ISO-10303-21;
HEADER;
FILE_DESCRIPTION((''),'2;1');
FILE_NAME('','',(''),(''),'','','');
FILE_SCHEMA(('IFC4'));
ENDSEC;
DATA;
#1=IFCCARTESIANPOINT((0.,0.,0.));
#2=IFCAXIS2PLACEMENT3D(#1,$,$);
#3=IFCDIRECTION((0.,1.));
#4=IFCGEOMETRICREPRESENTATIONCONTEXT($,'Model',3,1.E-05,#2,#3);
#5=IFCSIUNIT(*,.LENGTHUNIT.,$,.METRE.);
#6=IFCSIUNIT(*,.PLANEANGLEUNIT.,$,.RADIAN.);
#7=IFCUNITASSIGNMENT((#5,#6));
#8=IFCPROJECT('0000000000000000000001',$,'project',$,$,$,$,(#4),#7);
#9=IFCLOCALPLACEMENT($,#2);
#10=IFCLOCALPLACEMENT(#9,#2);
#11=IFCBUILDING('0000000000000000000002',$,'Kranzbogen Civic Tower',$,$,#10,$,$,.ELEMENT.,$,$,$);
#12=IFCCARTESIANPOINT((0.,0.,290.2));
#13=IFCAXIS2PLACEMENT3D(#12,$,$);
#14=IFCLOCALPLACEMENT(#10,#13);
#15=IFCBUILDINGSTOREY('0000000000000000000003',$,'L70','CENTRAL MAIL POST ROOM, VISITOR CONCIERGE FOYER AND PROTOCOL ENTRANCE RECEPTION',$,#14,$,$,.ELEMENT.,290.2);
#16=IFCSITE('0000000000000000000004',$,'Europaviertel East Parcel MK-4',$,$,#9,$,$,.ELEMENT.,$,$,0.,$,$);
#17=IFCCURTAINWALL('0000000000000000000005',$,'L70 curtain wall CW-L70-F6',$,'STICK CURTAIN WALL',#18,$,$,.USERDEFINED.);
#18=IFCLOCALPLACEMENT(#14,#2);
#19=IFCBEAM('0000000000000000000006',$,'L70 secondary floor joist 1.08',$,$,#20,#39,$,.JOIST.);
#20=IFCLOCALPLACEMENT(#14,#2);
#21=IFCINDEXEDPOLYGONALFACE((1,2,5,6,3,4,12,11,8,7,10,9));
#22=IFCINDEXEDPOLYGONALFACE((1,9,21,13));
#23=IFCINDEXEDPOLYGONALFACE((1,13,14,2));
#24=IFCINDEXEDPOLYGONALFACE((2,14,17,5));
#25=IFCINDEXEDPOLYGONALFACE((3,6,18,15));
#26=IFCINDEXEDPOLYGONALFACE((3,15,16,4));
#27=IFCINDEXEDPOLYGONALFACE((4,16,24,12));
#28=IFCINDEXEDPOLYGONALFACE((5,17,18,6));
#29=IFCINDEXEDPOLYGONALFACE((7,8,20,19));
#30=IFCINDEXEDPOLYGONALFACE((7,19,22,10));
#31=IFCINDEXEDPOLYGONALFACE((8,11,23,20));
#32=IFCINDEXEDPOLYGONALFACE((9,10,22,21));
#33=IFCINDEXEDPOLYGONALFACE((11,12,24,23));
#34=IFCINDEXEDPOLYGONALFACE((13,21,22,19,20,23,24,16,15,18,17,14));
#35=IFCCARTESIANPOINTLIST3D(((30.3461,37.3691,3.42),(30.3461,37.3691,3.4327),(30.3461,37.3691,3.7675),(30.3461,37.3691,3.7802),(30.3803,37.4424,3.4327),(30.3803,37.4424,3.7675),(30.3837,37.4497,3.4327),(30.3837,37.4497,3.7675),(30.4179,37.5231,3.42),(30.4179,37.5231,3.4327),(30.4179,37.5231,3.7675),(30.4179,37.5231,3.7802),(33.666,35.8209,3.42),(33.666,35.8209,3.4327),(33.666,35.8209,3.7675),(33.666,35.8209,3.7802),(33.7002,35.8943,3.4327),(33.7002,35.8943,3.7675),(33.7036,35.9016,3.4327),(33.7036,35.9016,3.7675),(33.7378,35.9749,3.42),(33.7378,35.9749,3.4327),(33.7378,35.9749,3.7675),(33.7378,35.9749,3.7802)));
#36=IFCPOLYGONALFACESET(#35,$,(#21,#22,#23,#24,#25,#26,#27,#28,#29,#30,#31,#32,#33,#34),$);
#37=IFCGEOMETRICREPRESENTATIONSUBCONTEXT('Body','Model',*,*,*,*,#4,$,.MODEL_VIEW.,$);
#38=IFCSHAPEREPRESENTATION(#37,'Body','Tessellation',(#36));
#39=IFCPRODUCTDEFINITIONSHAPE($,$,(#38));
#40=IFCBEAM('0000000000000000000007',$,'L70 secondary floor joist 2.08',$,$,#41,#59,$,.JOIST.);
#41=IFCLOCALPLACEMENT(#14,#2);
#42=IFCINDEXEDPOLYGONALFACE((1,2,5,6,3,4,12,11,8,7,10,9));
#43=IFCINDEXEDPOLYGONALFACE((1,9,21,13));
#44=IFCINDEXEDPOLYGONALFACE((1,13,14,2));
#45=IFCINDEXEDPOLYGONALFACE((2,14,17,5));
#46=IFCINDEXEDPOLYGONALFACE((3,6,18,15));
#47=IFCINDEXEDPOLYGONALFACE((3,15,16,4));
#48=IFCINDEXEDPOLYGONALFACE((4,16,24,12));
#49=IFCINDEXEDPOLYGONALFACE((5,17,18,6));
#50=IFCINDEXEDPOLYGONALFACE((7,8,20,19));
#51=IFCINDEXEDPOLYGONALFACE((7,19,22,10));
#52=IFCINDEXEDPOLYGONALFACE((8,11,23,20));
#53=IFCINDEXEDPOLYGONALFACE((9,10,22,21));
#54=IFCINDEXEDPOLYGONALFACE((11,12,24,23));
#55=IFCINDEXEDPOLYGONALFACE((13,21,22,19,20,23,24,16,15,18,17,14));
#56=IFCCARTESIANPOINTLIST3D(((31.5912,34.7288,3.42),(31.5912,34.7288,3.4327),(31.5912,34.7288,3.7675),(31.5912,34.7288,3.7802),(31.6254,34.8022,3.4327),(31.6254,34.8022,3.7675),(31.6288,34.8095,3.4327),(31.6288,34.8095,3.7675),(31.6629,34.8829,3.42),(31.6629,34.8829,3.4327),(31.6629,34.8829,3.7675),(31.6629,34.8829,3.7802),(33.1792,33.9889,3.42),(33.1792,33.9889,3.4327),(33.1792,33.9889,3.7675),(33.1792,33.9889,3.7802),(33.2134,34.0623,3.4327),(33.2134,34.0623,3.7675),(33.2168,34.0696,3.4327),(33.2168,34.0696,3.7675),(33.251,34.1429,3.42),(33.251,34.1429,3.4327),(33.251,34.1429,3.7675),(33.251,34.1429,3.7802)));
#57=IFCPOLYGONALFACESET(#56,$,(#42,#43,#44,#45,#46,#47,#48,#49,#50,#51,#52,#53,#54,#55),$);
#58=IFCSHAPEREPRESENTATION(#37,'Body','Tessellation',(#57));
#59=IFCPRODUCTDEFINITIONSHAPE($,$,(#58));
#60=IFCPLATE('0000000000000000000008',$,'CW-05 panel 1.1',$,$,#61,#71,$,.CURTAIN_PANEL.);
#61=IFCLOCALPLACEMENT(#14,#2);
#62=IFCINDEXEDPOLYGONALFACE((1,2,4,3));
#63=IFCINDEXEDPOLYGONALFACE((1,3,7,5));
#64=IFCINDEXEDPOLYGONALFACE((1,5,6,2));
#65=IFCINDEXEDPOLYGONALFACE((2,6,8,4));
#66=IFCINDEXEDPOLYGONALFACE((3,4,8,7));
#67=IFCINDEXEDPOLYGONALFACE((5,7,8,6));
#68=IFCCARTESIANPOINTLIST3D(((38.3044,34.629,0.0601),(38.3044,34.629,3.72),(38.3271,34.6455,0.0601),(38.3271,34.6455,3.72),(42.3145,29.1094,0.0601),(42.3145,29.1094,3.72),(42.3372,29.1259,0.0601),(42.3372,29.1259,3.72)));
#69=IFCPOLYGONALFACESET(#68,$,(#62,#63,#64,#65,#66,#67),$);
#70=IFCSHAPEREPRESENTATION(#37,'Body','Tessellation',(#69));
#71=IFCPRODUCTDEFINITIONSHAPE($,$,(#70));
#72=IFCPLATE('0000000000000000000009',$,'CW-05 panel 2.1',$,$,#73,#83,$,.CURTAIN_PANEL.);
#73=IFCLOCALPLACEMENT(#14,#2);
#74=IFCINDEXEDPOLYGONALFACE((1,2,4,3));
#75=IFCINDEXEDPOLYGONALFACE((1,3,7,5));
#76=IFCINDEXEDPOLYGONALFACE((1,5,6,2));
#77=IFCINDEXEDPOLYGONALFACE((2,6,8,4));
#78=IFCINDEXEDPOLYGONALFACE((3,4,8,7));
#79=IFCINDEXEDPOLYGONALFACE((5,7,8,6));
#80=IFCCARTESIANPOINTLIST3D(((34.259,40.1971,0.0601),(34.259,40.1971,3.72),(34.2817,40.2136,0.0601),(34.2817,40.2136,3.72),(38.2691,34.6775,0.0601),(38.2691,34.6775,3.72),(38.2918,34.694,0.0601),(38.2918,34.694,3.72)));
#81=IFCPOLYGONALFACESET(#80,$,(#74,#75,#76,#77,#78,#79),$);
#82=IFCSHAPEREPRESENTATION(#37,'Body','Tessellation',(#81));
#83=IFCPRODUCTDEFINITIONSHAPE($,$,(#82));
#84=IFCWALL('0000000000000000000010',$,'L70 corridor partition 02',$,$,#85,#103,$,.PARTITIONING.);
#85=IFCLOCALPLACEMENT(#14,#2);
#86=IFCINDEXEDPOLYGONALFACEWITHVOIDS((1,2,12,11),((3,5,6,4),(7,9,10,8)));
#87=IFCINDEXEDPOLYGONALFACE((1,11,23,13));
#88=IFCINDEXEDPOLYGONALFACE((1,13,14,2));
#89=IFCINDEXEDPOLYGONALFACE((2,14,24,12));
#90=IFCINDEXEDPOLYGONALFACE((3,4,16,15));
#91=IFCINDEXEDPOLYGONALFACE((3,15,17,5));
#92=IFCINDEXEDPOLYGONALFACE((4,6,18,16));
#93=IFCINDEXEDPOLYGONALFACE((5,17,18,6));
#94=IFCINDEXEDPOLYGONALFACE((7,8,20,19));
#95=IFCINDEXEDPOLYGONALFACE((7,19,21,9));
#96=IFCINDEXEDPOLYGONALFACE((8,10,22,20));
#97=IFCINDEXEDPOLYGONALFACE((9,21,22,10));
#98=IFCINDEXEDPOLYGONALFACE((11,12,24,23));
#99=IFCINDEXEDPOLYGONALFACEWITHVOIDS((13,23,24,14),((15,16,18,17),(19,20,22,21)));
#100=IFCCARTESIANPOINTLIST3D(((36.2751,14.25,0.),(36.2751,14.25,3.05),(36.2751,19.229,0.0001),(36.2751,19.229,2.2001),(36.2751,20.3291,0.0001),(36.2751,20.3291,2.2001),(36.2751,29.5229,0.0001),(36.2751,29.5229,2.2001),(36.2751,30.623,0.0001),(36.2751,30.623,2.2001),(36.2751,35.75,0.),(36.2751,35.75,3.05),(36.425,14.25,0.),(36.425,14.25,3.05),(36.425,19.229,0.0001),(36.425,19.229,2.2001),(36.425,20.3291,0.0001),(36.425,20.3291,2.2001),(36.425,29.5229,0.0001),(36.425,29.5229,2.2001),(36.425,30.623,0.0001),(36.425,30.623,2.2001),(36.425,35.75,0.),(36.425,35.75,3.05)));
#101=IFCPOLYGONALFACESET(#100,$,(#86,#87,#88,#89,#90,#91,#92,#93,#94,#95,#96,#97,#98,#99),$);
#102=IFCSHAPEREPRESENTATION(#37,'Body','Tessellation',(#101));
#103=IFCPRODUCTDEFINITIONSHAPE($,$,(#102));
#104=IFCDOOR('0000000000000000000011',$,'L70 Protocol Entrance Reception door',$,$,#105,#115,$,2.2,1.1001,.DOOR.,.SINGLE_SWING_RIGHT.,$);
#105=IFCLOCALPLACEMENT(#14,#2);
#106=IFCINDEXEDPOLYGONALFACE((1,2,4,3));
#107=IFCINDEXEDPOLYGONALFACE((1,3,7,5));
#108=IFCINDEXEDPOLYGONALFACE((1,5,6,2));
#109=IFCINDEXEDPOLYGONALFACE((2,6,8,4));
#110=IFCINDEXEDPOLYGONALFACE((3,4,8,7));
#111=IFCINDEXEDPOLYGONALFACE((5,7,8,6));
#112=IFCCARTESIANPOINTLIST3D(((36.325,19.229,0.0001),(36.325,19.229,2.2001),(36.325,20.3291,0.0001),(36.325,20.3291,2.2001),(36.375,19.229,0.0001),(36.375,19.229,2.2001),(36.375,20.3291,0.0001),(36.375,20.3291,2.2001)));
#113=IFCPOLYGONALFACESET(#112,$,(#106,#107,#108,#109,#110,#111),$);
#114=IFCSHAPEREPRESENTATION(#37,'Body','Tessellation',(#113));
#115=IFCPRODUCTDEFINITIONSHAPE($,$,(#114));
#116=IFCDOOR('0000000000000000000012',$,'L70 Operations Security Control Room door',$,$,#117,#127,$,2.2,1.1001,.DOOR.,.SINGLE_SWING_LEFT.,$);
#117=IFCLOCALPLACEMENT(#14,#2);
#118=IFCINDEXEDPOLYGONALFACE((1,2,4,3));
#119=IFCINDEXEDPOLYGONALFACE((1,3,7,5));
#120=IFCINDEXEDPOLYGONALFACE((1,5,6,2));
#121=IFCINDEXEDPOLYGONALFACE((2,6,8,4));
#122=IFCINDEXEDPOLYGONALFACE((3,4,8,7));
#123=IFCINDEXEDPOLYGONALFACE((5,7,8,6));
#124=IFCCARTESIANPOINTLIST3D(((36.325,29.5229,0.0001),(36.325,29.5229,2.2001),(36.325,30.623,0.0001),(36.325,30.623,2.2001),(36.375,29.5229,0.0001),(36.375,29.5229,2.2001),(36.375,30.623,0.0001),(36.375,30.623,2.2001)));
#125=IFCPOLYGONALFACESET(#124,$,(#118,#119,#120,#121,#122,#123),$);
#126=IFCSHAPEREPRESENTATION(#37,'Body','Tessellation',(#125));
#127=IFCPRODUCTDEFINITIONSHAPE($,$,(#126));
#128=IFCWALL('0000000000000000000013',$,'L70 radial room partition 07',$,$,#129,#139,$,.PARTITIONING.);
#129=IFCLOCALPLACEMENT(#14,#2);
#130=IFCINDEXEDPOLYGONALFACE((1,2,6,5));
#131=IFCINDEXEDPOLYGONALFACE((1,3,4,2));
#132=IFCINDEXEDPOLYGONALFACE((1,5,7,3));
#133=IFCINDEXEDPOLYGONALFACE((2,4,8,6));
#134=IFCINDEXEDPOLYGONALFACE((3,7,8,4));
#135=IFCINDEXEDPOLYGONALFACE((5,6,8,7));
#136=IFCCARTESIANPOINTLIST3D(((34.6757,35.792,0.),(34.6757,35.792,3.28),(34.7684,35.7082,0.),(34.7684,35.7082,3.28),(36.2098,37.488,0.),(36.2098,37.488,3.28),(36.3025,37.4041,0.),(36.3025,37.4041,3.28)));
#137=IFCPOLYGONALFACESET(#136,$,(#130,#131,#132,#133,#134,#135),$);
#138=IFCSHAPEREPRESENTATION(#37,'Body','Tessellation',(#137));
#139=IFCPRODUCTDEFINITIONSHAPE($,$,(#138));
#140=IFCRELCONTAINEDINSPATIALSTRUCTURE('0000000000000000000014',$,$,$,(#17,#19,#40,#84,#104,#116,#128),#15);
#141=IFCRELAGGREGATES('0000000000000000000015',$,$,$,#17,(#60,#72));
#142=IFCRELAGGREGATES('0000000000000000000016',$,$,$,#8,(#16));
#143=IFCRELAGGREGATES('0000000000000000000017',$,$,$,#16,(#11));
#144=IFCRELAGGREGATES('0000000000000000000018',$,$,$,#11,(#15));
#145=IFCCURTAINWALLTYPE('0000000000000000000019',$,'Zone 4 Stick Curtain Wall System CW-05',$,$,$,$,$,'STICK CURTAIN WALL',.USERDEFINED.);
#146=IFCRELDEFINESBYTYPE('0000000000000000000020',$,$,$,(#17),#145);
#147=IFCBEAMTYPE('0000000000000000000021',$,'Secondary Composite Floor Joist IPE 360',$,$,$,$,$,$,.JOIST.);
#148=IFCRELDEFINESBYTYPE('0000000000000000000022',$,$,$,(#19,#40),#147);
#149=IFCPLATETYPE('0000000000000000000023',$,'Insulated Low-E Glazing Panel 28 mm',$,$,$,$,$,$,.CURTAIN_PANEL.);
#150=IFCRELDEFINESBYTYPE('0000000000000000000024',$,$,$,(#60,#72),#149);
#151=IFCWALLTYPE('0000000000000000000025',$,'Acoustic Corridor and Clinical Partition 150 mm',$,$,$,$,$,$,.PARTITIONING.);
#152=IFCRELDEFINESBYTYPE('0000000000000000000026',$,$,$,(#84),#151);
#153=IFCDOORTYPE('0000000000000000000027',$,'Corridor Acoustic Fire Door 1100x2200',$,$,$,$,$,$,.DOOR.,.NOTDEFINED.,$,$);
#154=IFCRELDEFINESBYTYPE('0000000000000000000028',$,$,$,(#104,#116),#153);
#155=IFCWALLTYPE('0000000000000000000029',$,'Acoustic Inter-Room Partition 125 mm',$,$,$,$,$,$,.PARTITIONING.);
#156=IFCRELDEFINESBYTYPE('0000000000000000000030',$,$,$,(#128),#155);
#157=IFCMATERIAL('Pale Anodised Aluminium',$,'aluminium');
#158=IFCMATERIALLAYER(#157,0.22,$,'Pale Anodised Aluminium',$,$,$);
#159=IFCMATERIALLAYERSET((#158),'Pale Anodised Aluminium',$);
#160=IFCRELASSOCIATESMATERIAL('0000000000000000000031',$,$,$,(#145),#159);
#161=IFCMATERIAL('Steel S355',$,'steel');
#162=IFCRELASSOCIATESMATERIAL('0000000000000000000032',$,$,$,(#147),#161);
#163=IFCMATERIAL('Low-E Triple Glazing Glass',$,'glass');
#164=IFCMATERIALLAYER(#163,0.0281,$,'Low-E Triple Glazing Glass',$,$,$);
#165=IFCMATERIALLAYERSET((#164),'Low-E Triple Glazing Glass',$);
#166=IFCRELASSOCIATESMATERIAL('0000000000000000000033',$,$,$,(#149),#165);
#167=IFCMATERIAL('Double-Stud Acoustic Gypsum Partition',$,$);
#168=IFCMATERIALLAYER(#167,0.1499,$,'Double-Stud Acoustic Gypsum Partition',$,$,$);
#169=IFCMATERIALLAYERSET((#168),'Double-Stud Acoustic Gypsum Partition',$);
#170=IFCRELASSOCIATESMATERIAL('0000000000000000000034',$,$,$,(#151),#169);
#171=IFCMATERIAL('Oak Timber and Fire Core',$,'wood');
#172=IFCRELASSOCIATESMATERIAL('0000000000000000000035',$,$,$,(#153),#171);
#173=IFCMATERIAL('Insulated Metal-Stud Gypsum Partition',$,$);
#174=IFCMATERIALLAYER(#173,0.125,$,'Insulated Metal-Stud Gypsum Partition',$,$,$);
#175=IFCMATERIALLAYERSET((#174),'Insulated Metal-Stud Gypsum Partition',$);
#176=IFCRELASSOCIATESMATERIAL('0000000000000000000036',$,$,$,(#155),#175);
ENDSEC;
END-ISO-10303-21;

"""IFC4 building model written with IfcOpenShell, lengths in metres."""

from ifc_helpers import new_model, si_unit, direction, frame, frame_2d, origin, origin_2d, place, context, subcontext, project, spatial, rectangle, i_section, extrude, material, layer, layer_set, material_profile, profile_set, type_object, element, fill, aggregate, save


model = new_model("IFC4")

# Units and contexts
model_context = context("Model", 3, precision=1e-05, world=origin(), true_north=direction((0.0, 1.0)))
body_context = subcontext(model_context, "Body", "Model", "MODEL_VIEW")
ifc_project = project(units=[si_unit("LENGTHUNIT", "METRE"), si_unit("PLANEANGLEUNIT", "RADIAN")], contexts=[model_context])

# Site, building, storey
site_placement = place(None, origin())
site = spatial("IfcSite", under=ifc_project, at=site_placement, Name="Europaviertel East Parcel MK-4", CompositionType="ELEMENT", RefElevation=0.0)
building_placement = place(site_placement, origin())
building = spatial("IfcBuilding", under=site, at=building_placement, Name="Kranzbogen Civic Tower", CompositionType="ELEMENT")
storey_placement = place(building_placement, frame((0.0, 0.0, 290.2)))
storey = spatial("IfcBuildingStorey", under=building, at=storey_placement, Name="L70", Description="CENTRAL MAIL POST ROOM, VISITOR CONCIERGE FOYER AND PROTOCOL ENTRANCE RECEPTION", CompositionType="ELEMENT", Elevation=290.2)

# Shared definitions
ifc_material_1 = material(Name="Steel S355", Category="steel")

# Shared definitions
ifc_material_2 = material(Name="Pale Anodised Aluminium", Category="aluminium")
ifc_layer_1 = layer(ifc_material_2, 0.22, Name="Pale Anodised Aluminium")
ifc_layer_set_1 = layer_set([ifc_layer_1], Name="Pale Anodised Aluminium")
curtain_wall_type = type_object("IfcCurtainWallType", Name="Zone 4 Stick Curtain Wall System CW-05", ElementType="STICK CURTAIN WALL", PredefinedType="USERDEFINED", material=ifc_layer_set_1)

# Curtain wall
curtain_wall_1_placement = place(storey_placement, origin())
curtain_wall_1 = element("IfcCurtainWall", 1, at=curtain_wall_1_placement, inside=storey, type_object=curtain_wall_type, Name="L70 curtain wall CW-L70-F6", ObjectType="STICK CURTAIN WALL", PredefinedType="USERDEFINED")

# Beams
ifc_material_profile_1 = material_profile(ifc_material_1, i_section(OverallWidth=0.1699, OverallDepth=0.3601, WebThickness=0.0081, FlangeThickness=0.0127, at=origin_2d()), Name="IPE 360")
ifc_profile_set_1 = profile_set([ifc_material_profile_1], Name="Steel S355")
beam_type_1 = type_object("IfcBeamType", Name="Secondary Composite Floor Joist IPE 360", PredefinedType="JOIST", material=ifc_profile_set_1)
beam_1_placement = place(storey_placement, frame((33.7019, 35.8979, 3.6001), z_axis=(-0.906304, 0.422626, 0.0), x_axis=(-0.422626, -0.906304, 0.0)))
element("IfcBeam", 2, at=beam_1_placement, inside=storey, type_object=beam_type_1, Name="L70 secondary floor joist 1.08", PredefinedType="JOIST", context=body_context, shape_type="SweptSolid", body=[
    extrude(i_section(OverallWidth=0.1699, OverallDepth=0.3601, WebThickness=0.0081, FlangeThickness=0.0127, at=origin_2d()), origin(), (0.0, 0.0, 1.0), 3.6631),
])
beam_2_placement = place(storey_placement, frame((33.2151, 34.0659, 3.6001), z_axis=(-0.906432, 0.422351, 0.0), x_axis=(-0.422351, -0.906432, 0.0)))
element("IfcBeam", 3, at=beam_2_placement, inside=storey, type_object=beam_type_1, Name="L70 secondary floor joist 2.08", PredefinedType="JOIST", context=body_context, shape_type="SweptSolid", body=[
    extrude(i_section(OverallWidth=0.1699, OverallDepth=0.3601, WebThickness=0.0081, FlangeThickness=0.0127, at=origin_2d()), origin(), (0.0, 0.0, 1.0), 1.752),
])

# Plates
ifc_material_3 = material(Name="Low-E Triple Glazing Glass", Category="glass")
ifc_layer_2 = layer(ifc_material_3, 0.0281, Name="Low-E Triple Glazing Glass")
ifc_layer_set_2 = layer_set([ifc_layer_2], Name="Low-E Triple Glazing Glass")
plate_type = type_object("IfcPlateType", Name="Insulated Low-E Glazing Panel 28 mm", PredefinedType="CURTAIN_PANEL", material=ifc_layer_set_2)
plate_1_placement = place(storey_placement, frame((40.3208, 31.8774, 0.0601), z_axis=(0.0, 0.0, 1.0), x_axis=(-0.587767, 0.80903, 0.0)))
plate_1 = element("IfcPlate", 4, at=plate_1_placement, type_object=plate_type, Name="CW-05 panel 1.1", PredefinedType="CURTAIN_PANEL", context=body_context, shape_type="SweptSolid", body=[
    extrude(rectangle(XDim=6.8225, YDim=0.0281, at=origin_2d()), origin(), (0.0, 0.0, 1.0), 3.6599),
])
plate_2_placement = place(storey_placement, frame((36.2754, 37.4456, 0.0601), z_axis=(0.0, 0.0, 1.0), x_axis=(-0.587767, 0.80903, 0.0)))
plate_2 = element("IfcPlate", 5, at=plate_2_placement, type_object=plate_type, Name="CW-05 panel 2.1", PredefinedType="CURTAIN_PANEL", context=body_context, shape_type="SweptSolid", body=[
    extrude(rectangle(XDim=6.8225, YDim=0.0281, at=origin_2d()), origin(), (0.0, 0.0, 1.0), 3.6599),
])
aggregate(curtain_wall_1, [plate_1, plate_2])

# Wall, openings, doors
ifc_material_4 = material(Name="Double-Stud Acoustic Gypsum Partition")
ifc_layer_3 = layer(ifc_material_4, 0.1499, Name="Double-Stud Acoustic Gypsum Partition")
ifc_layer_set_3 = layer_set([ifc_layer_3], Name="Double-Stud Acoustic Gypsum Partition")
wall_type_1 = type_object("IfcWallType", Name="Acoustic Corridor and Clinical Partition 150 mm", PredefinedType="PARTITIONING", material=ifc_layer_set_3)
wall_1_placement = place(storey_placement, frame((36.3501, 35.75, 0.0), z_axis=(0.0, 0.0, 1.0), x_axis=(0.0, -1.0, 0.0)))
wall_1 = element("IfcWall", 6, at=wall_1_placement, inside=storey, type_object=wall_type_1, Name="L70 corridor partition 02", PredefinedType="PARTITIONING", context=body_context, shape_type="SweptSolid", body=[
    extrude(rectangle(XDim=21.5, YDim=0.1499, at=frame_2d((10.75, 0.0))), origin(), (0.0, 0.0, 1.0), 3.05),
])
opening_1_placement = place(wall_1_placement, frame((15.4209, 0.0, 0.0)))
opening_1 = element("IfcOpeningElement", 7, at=opening_1_placement, cuts=wall_1, PredefinedType="OPENING", context=body_context, shape_type="SweptSolid", body=[
    extrude(rectangle(XDim=1.1001, YDim=2.2, at=frame_2d((0.55, 1.1001))), frame((0.0, 0.085, 0.0), z_axis=(0.0, -1.0, 0.0), x_axis=(1.0, 0.0, 0.0)), (0.0, 0.0, 1.0), 0.1699),
])
opening_2_placement = place(wall_1_placement, frame((5.127, 0.0, 0.0)))
opening_2 = element("IfcOpeningElement", 8, at=opening_2_placement, cuts=wall_1, PredefinedType="OPENING", context=body_context, shape_type="SweptSolid", body=[
    extrude(rectangle(XDim=1.1001, YDim=2.2, at=frame_2d((0.55, 1.1001))), frame((0.0, 0.085, 0.0), z_axis=(0.0, -1.0, 0.0), x_axis=(1.0, 0.0, 0.0)), (0.0, 0.0, 1.0), 0.1699),
])
ifc_material_5 = material(Name="Oak Timber and Fire Core", Category="wood")
door_type_1 = type_object("IfcDoorType", Name="Corridor Acoustic Fire Door 1100x2200", OperationType="NOTDEFINED", PredefinedType="DOOR", material=ifc_material_5)
door_1_placement = place(opening_1_placement, origin())
door_1 = element("IfcDoor", 9, at=door_1_placement, inside=storey, type_object=door_type_1, Name="L70 Protocol Entrance Reception door", OperationType="SINGLE_SWING_RIGHT", OverallHeight=2.2, OverallWidth=1.1001, PredefinedType="DOOR", context=body_context, shape_type="SweptSolid", body=[
    extrude(rectangle(XDim=1.1001, YDim=2.2, at=frame_2d((0.55, 1.1001))), frame((0.0, 0.0249, 0.0), z_axis=(0.0, -1.0, 0.0), x_axis=(1.0, 0.0, 0.0)), (0.0, 0.0, 1.0), 0.05),
])
fill(opening_1, door_1)
door_2_placement = place(opening_2_placement, origin())
door_2 = element("IfcDoor", 10, at=door_2_placement, inside=storey, type_object=door_type_1, Name="L70 Operations Security Control Room door", OperationType="SINGLE_SWING_LEFT", OverallHeight=2.2, OverallWidth=1.1001, PredefinedType="DOOR", context=body_context, shape_type="SweptSolid", body=[
    extrude(rectangle(XDim=1.1001, YDim=2.2, at=frame_2d((0.55, 1.1001))), frame((0.0, 0.0249, 0.0), z_axis=(0.0, -1.0, 0.0), x_axis=(1.0, 0.0, 0.0)), (0.0, 0.0, 1.0), 0.05),
])
fill(opening_2, door_2)

# Wall
ifc_material_6 = material(Name="Insulated Metal-Stud Gypsum Partition")
ifc_layer_4 = layer(ifc_material_6, 0.125, Name="Insulated Metal-Stud Gypsum Partition")
ifc_layer_set_4 = layer_set([ifc_layer_4], Name="Insulated Metal-Stud Gypsum Partition")
wall_type_2 = type_object("IfcWallType", Name="Acoustic Inter-Room Partition 125 mm", PredefinedType="PARTITIONING", material=ifc_layer_set_4)
wall_2_placement = place(storey_placement, frame((34.7219, 35.75, 0.0), z_axis=(0.0, 0.0, 1.0), x_axis=(0.670832, 0.741609, 0.0)))
element("IfcWall", 11, at=wall_2_placement, inside=storey, type_object=wall_type_2, Name="L70 radial room partition 07", PredefinedType="PARTITIONING", context=body_context, shape_type="SweptSolid", body=[
    extrude(rectangle(XDim=2.2869, YDim=0.125, at=frame_2d((1.1436, 0.0))), origin(), (0.0, 0.0, 1.0), 3.28),
])

save(model, "model.ifc")
